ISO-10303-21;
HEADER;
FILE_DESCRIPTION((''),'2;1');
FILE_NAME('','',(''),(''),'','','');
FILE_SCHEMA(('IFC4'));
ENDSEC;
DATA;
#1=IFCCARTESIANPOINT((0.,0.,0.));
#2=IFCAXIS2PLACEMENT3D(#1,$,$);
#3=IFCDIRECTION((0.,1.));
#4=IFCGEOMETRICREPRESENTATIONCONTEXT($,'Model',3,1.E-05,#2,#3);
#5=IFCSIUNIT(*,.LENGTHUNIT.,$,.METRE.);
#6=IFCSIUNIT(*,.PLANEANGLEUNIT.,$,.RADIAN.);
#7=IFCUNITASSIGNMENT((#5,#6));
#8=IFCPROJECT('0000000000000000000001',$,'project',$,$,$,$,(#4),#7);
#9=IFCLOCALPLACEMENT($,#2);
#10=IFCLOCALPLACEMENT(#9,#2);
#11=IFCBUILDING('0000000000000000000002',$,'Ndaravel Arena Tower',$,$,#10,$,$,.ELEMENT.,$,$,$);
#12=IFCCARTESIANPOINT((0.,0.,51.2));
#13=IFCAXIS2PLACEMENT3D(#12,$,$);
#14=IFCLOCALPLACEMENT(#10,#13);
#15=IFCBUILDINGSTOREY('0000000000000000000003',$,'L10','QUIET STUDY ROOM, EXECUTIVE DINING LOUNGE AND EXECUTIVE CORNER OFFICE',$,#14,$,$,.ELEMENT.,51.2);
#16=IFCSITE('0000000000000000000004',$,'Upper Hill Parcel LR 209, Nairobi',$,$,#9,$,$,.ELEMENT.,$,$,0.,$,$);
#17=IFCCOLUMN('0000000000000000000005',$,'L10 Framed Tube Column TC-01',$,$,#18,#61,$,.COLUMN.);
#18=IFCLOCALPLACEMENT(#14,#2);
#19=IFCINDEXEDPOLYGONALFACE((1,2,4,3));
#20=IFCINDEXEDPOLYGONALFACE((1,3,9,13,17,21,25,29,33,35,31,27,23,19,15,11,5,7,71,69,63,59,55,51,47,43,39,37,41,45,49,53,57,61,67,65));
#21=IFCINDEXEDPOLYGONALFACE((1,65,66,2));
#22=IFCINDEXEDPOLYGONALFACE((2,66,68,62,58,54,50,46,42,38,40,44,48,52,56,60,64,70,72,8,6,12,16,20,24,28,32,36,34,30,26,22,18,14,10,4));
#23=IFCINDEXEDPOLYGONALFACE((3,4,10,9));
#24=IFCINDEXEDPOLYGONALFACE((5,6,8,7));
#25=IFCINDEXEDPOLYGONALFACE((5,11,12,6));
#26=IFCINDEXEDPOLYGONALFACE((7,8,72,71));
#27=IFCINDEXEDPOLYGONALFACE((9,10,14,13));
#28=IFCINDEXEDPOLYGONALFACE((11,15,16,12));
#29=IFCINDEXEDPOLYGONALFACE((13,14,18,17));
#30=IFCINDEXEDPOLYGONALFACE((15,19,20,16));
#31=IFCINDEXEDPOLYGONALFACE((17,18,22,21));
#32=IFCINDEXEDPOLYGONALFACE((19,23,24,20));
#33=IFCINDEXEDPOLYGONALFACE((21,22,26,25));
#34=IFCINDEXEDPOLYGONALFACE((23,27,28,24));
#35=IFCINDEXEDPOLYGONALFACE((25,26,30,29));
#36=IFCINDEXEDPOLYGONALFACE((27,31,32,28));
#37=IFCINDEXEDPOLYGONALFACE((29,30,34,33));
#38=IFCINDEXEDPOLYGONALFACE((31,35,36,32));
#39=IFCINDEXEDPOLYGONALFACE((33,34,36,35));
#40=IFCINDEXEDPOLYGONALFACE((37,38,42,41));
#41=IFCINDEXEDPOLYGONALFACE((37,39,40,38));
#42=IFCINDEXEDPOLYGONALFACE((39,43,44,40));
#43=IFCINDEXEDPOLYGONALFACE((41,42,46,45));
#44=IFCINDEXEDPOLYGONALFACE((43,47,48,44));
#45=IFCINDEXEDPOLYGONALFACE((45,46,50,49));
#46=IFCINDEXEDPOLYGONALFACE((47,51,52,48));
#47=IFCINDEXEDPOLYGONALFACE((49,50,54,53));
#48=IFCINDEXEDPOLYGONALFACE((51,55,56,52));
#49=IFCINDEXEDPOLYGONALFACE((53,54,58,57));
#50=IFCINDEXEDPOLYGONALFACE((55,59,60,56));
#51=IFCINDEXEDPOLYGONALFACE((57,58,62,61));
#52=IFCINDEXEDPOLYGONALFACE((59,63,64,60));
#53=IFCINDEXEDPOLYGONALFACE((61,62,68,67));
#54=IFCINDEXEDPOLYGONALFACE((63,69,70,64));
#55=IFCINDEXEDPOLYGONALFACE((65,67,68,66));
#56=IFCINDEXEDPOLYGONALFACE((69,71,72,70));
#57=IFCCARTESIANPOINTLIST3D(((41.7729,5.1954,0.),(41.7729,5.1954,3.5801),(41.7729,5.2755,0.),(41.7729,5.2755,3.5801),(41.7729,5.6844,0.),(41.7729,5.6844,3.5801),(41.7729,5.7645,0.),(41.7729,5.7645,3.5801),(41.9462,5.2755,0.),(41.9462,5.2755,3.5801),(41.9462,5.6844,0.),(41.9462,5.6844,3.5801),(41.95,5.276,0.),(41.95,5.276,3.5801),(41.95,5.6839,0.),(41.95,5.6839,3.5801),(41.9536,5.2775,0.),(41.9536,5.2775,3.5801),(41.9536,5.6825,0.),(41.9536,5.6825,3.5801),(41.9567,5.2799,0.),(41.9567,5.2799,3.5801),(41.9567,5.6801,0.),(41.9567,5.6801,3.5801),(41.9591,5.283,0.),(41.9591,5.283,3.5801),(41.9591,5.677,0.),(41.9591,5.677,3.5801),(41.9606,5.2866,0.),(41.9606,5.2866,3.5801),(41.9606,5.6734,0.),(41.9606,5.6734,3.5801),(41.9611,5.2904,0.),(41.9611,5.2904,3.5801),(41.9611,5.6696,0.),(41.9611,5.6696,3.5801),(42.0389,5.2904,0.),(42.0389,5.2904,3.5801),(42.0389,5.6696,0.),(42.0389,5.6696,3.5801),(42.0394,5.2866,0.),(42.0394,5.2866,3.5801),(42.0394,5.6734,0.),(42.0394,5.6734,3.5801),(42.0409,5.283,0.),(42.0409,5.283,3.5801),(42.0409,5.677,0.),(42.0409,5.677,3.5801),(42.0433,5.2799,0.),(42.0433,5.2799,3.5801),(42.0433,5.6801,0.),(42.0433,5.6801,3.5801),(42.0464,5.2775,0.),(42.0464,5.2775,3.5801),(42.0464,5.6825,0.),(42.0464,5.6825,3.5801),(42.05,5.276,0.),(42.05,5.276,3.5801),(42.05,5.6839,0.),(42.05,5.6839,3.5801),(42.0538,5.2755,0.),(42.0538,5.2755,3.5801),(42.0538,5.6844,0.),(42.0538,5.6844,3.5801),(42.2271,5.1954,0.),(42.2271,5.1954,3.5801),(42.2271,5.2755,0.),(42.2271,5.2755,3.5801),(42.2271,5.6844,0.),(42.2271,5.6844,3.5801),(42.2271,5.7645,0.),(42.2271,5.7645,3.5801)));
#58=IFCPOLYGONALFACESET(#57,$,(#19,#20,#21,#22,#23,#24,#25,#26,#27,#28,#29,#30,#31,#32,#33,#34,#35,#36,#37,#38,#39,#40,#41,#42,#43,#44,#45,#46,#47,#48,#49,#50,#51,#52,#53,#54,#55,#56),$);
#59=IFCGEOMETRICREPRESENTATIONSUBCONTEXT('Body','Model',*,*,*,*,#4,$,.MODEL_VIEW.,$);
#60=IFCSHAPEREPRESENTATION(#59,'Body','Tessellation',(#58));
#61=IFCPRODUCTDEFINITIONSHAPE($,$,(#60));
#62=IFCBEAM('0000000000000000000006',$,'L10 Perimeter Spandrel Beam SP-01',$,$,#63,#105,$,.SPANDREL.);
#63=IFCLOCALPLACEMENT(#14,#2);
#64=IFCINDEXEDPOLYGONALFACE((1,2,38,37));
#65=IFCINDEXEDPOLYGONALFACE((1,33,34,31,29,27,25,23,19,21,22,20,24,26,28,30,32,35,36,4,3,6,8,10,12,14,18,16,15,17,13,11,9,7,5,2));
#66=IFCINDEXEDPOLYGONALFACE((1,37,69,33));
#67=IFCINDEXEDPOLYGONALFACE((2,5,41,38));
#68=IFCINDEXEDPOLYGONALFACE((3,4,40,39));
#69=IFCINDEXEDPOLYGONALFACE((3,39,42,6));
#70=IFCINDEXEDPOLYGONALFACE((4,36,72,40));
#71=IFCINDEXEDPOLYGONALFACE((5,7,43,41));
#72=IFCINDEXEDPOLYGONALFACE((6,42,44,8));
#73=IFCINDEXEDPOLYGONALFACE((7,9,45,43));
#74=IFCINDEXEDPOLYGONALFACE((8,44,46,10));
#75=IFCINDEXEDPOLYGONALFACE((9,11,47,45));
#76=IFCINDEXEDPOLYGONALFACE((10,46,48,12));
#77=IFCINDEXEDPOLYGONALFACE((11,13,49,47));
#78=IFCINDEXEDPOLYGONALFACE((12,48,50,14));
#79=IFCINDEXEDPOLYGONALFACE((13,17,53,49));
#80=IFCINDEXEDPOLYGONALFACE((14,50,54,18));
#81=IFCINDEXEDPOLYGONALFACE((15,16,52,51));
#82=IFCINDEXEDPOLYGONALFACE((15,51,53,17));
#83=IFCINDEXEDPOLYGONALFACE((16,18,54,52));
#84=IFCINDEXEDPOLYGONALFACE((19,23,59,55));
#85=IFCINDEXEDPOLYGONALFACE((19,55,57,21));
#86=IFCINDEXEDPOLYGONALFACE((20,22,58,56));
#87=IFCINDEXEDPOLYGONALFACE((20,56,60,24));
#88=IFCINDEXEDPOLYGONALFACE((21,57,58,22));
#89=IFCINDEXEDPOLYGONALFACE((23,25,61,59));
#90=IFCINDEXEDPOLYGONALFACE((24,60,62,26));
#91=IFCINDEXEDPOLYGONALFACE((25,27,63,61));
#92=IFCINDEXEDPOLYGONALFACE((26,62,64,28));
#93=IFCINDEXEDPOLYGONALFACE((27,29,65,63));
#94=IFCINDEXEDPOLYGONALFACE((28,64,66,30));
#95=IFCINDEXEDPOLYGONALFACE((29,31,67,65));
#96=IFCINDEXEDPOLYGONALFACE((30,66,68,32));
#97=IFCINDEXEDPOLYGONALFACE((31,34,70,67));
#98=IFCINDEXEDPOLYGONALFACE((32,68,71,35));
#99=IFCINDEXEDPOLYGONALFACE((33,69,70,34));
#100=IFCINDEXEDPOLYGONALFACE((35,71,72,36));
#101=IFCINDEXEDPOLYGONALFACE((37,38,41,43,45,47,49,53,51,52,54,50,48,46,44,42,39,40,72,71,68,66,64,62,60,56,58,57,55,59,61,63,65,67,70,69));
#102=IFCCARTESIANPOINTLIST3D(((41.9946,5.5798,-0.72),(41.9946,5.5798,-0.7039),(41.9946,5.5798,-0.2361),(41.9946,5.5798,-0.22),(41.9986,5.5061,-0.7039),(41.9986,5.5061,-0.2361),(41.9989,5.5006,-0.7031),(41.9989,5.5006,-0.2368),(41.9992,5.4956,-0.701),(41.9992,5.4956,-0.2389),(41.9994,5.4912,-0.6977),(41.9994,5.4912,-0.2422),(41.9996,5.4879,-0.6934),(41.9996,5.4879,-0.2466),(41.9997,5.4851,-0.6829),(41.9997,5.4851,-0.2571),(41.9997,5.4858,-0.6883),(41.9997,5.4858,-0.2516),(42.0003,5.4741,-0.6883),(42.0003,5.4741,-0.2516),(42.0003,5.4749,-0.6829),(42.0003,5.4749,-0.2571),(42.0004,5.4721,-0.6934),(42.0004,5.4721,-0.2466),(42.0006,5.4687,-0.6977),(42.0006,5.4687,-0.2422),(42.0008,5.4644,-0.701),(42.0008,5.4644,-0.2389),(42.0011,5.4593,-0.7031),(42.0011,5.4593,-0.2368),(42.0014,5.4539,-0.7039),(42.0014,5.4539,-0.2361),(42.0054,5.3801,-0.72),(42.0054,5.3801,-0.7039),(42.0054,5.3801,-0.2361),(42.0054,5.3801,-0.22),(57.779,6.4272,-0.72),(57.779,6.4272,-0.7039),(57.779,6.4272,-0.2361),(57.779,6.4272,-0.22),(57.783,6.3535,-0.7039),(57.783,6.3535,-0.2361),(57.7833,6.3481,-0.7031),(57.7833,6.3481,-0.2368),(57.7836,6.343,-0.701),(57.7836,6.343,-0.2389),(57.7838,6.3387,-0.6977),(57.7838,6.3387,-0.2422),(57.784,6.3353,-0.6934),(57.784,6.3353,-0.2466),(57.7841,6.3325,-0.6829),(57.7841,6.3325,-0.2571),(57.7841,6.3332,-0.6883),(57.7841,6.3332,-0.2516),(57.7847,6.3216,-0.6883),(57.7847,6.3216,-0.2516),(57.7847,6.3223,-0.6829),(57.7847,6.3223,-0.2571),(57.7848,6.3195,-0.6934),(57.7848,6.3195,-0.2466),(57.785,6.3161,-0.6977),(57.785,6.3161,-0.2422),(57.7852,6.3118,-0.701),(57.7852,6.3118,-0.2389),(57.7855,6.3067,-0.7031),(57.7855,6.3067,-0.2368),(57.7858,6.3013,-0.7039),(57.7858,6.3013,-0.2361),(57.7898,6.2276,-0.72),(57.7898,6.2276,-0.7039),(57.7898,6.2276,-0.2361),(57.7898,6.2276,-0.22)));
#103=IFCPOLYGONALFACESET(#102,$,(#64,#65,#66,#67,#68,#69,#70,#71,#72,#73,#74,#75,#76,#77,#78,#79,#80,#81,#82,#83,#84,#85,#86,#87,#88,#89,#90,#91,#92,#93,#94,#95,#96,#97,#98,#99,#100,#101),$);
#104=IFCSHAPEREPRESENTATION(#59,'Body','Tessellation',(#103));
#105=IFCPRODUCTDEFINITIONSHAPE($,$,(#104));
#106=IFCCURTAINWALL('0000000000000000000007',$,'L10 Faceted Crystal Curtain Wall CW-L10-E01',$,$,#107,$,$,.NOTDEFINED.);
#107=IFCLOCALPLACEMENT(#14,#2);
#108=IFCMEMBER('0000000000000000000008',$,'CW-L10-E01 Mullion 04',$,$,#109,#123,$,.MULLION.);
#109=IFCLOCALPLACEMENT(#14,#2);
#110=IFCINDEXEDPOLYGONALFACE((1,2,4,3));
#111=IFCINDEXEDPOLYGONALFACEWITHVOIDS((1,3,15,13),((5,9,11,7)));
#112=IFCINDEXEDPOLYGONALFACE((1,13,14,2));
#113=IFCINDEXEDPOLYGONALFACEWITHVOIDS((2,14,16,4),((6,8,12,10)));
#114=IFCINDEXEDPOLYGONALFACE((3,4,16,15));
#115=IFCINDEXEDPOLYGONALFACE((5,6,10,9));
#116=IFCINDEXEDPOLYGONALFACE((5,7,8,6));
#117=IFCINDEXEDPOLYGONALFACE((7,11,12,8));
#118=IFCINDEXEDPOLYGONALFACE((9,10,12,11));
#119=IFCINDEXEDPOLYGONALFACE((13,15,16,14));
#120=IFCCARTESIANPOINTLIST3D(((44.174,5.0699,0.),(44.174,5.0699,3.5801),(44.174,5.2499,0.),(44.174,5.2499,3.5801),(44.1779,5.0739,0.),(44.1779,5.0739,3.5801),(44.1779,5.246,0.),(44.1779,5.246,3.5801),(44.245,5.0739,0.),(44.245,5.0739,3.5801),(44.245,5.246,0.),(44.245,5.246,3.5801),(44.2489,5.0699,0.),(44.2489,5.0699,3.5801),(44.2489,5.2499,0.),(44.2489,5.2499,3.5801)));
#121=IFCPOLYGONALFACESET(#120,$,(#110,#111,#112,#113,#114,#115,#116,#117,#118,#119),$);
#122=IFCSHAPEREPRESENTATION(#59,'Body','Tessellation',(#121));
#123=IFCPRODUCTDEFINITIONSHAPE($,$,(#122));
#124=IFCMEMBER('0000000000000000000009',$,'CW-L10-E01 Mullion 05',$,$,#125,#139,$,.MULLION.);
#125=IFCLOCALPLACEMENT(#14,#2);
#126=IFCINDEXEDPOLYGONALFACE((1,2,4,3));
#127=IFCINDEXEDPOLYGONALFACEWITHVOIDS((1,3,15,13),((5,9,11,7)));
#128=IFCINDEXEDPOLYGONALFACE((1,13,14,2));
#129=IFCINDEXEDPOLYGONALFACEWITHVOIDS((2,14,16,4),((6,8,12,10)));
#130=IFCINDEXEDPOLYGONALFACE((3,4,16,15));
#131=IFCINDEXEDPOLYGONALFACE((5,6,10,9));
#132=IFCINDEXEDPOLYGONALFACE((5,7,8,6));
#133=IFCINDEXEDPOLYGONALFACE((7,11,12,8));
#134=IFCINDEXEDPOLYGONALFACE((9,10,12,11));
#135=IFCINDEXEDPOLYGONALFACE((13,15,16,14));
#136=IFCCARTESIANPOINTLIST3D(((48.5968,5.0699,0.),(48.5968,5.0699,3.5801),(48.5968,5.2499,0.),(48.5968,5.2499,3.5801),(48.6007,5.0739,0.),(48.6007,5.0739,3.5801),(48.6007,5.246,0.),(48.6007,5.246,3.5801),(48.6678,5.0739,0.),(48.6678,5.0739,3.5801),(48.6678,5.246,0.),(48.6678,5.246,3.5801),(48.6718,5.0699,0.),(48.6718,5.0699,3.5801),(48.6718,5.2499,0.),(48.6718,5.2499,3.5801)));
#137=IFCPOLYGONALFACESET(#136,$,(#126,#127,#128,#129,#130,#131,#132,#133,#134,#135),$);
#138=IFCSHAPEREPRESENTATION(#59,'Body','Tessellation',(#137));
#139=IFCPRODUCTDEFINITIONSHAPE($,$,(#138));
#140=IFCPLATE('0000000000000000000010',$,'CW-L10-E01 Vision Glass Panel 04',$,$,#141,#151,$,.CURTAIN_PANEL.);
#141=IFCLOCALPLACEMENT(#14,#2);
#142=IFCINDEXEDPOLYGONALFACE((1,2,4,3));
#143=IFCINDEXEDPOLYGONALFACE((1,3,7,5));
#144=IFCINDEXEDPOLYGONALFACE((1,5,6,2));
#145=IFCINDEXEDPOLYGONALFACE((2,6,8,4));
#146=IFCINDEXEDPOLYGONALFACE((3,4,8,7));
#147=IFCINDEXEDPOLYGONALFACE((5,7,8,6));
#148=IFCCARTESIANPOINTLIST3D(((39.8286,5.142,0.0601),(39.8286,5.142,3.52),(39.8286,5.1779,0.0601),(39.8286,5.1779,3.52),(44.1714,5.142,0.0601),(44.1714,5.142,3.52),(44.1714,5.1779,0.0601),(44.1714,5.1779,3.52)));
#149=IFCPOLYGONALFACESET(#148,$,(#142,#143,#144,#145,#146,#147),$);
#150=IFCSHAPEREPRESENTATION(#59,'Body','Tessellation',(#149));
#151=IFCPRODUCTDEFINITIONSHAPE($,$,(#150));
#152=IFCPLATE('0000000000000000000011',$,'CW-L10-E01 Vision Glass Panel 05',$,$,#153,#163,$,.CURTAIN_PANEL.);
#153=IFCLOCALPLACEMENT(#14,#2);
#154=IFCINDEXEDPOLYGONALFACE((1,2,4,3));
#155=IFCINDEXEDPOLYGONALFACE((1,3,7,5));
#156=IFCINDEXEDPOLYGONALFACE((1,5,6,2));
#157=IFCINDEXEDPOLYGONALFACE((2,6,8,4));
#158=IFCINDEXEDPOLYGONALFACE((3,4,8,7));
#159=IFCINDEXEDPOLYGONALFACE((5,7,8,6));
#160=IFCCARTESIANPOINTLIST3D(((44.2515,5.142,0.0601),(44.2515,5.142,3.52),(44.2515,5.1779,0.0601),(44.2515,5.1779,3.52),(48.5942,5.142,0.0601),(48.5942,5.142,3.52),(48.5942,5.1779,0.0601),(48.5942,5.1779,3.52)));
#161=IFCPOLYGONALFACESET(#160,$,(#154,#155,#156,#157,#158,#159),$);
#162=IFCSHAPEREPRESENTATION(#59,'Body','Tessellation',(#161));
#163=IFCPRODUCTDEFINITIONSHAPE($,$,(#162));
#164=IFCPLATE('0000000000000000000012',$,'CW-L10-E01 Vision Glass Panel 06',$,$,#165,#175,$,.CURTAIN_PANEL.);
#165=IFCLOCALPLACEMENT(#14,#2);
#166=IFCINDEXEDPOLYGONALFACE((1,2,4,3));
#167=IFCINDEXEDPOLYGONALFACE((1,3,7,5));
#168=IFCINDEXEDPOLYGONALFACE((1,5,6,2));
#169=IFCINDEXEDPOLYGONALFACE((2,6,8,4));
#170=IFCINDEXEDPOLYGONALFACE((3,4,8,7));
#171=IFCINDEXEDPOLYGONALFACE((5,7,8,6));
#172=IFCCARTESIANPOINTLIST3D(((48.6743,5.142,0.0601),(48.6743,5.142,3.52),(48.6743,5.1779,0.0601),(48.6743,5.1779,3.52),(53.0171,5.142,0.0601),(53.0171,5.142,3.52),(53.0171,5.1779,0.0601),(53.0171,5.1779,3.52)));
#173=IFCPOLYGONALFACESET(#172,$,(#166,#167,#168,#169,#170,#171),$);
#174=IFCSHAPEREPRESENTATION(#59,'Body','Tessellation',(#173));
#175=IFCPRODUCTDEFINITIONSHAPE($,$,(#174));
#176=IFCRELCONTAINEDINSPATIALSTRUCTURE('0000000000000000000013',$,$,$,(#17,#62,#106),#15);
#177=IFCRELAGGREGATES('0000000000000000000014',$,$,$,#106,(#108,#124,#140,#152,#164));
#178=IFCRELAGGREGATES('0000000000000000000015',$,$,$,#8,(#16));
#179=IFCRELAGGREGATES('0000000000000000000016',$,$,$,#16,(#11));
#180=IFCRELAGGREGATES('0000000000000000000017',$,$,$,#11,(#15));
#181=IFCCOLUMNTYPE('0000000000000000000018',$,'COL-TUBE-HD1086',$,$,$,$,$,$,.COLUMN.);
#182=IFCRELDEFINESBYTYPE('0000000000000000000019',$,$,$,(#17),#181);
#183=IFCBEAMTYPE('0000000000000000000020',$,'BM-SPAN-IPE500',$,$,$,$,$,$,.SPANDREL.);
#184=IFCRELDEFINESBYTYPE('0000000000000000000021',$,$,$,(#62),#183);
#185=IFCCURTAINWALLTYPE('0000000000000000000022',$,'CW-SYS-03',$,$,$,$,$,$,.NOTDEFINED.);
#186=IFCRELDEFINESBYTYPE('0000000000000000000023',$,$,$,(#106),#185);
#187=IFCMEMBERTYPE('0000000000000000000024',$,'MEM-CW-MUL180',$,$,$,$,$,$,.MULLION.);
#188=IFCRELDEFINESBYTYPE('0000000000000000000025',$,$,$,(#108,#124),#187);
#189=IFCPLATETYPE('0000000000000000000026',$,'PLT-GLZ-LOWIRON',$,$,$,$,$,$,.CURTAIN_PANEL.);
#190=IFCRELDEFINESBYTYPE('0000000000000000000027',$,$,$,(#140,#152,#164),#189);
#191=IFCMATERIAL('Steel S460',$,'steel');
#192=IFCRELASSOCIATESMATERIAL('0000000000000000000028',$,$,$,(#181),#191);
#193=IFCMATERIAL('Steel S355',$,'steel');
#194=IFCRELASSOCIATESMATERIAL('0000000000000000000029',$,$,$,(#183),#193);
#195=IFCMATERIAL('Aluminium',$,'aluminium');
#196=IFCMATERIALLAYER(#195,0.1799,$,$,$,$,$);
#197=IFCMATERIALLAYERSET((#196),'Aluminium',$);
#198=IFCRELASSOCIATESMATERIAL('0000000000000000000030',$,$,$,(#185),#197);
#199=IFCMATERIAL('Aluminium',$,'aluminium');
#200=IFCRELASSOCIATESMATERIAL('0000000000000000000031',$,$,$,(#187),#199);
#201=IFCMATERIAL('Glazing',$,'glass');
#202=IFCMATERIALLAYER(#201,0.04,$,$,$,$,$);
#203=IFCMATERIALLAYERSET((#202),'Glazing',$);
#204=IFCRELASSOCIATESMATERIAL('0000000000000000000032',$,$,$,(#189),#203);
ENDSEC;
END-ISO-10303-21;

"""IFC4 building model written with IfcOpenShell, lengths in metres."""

from ifc_helpers import new_model, si_unit, direction, frame, origin, origin_2d, place, context, subcontext, project, spatial, rectangle, hollow_rectangle, i_section, extrude, material, layer, layer_set, material_profile, profile_set, type_object, element, aggregate, save


model = new_model("IFC4")

# Units and contexts
model_context = context("Model", 3, precision=1e-05, world=origin(), true_north=direction((0.0, 1.0)))
body_context = subcontext(model_context, "Body", "Model", "MODEL_VIEW")
ifc_project = project(units=[si_unit("LENGTHUNIT", "METRE"), si_unit("PLANEANGLEUNIT", "RADIAN")], contexts=[model_context])

# Site, building, storey
site_placement = place(None, origin())
site = spatial("IfcSite", under=ifc_project, at=site_placement, Name="Upper Hill Parcel LR 209, Nairobi", CompositionType="ELEMENT", RefElevation=0.0)
building_placement = place(site_placement, origin())
building = spatial("IfcBuilding", under=site, at=building_placement, Name="Ndaravel Arena Tower", CompositionType="ELEMENT")
storey_placement = place(building_placement, frame((0.0, 0.0, 51.2)))
storey = spatial("IfcBuildingStorey", under=building, at=storey_placement, Name="L10", Description="QUIET STUDY ROOM, EXECUTIVE DINING LOUNGE AND EXECUTIVE CORNER OFFICE", CompositionType="ELEMENT", Elevation=51.2)

# Column
ifc_material_1 = material(Name="Steel S460", Category="steel")
ifc_material_profile_1 = material_profile(ifc_material_1, i_section(OverallWidth=0.4541, OverallDepth=0.5691, WebThickness=0.0779, FlangeThickness=0.0801, FilletRadius=0.0149, at=origin_2d()), Name="HD 400x1086")
ifc_profile_set_1 = profile_set([ifc_material_profile_1], Name="Steel S460")
column_type = type_object("IfcColumnType", Name="COL-TUBE-HD1086", PredefinedType="COLUMN", material=ifc_profile_set_1)
column_placement = place(storey_placement, frame((42.0, 5.48, 0.0), z_axis=(0.0, 0.0, 1.0), x_axis=(1.0, 0.0, 0.0)))
element("IfcColumn", 1, at=column_placement, inside=storey, type_object=column_type, Name="L10 Framed Tube Column TC-01", PredefinedType="COLUMN", context=body_context, shape_type="SweptSolid", body=[
    extrude(i_section(OverallWidth=0.4541, OverallDepth=0.5691, WebThickness=0.0779, FlangeThickness=0.0801, FilletRadius=0.0149, at=origin_2d()), origin(), (0.0, 0.0, 1.0), 3.5801),
])

# Beam
ifc_material_2 = material(Name="Steel S355", Category="steel")
ifc_material_profile_2 = material_profile(ifc_material_2, i_section(OverallWidth=0.2, OverallDepth=0.5, WebThickness=0.0103, FlangeThickness=0.0161, FilletRadius=0.021, at=origin_2d()), Name="IPE 500")
ifc_profile_set_2 = profile_set([ifc_material_profile_2], Name="Steel S355")
beam_type = type_object("IfcBeamType", Name="BM-SPAN-IPE500", PredefinedType="SPANDREL", material=ifc_profile_set_2)
beam_placement = place(storey_placement, frame((42.0, 5.48, -0.47), z_axis=(0.998562, 0.053609, 0.0), x_axis=(-0.053609, 0.998562, 0.0)))
element("IfcBeam", 2, at=beam_placement, inside=storey, type_object=beam_type, Name="L10 Perimeter Spandrel Beam SP-01", PredefinedType="SPANDREL", context=body_context, shape_type="SweptSolid", body=[
    extrude(i_section(OverallWidth=0.2, OverallDepth=0.5, WebThickness=0.0103, FlangeThickness=0.0161, FilletRadius=0.021, at=origin_2d()), origin(), (0.0, 0.0, 1.0), 15.8071),
])

# Curtain wall, members, plates
ifc_material_3 = material(Name="Aluminium", Category="aluminium")
ifc_layer_1 = layer(ifc_material_3, 0.1799)
ifc_layer_set_1 = layer_set([ifc_layer_1], Name="Aluminium")
curtain_wall_type = type_object("IfcCurtainWallType", Name="CW-SYS-03", PredefinedType="NOTDEFINED", material=ifc_layer_set_1)
curtain_wall_placement = place(storey_placement, origin())
curtain_wall = element("IfcCurtainWall", 3, at=curtain_wall_placement, inside=storey, type_object=curtain_wall_type, Name="L10 Faceted Crystal Curtain Wall CW-L10-E01", PredefinedType="NOTDEFINED")
ifc_material_4 = material(Name="Aluminium", Category="aluminium")
ifc_material_profile_3 = material_profile(ifc_material_4, hollow_rectangle(XDim=0.075, YDim=0.1799, WallThickness=0.0039, at=origin_2d()), Name="CW MULLION 75x180x4")
ifc_profile_set_3 = profile_set([ifc_material_profile_3], Name="Aluminium")
member_type = type_object("IfcMemberType", Name="MEM-CW-MUL180", PredefinedType="MULLION", material=ifc_profile_set_3)
member_1_placement = place(storey_placement, frame((44.2114, 5.1599, 0.0), z_axis=(0.0, 0.0, 1.0), x_axis=(1.0, 0.0, 0.0)))
member_1 = element("IfcMember", 4, at=member_1_placement, type_object=member_type, Name="CW-L10-E01 Mullion 04", PredefinedType="MULLION", context=body_context, shape_type="SweptSolid", body=[
    extrude(hollow_rectangle(XDim=0.075, YDim=0.1799, WallThickness=0.0039, at=origin_2d()), origin(), (0.0, 0.0, 1.0), 3.5801),
])
member_2_placement = place(storey_placement, frame((48.6343, 5.1599, 0.0), z_axis=(0.0, 0.0, 1.0), x_axis=(1.0, 0.0, 0.0)))
member_2 = element("IfcMember", 5, at=member_2_placement, type_object=member_type, Name="CW-L10-E01 Mullion 05", PredefinedType="MULLION", context=body_context, shape_type="SweptSolid", body=[
    extrude(hollow_rectangle(XDim=0.075, YDim=0.1799, WallThickness=0.0039, at=origin_2d()), origin(), (0.0, 0.0, 1.0), 3.5801),
])
ifc_material_5 = material(Name="Glazing", Category="glass")
ifc_layer_2 = layer(ifc_material_5, 0.04)
ifc_layer_set_2 = layer_set([ifc_layer_2], Name="Glazing")
plate_type = type_object("IfcPlateType", Name="PLT-GLZ-LOWIRON", PredefinedType="CURTAIN_PANEL", material=ifc_layer_set_2)
plate_1_placement = place(storey_placement, frame((42.0, 5.1599, 0.0601), z_axis=(0.0, 0.0, 1.0), x_axis=(1.0, 0.0, 0.0)))
plate_1 = element("IfcPlate", 6, at=plate_1_placement, type_object=plate_type, Name="CW-L10-E01 Vision Glass Panel 04", PredefinedType="CURTAIN_PANEL", context=body_context, shape_type="SweptSolid", body=[
    extrude(rectangle(XDim=4.3428, YDim=0.0359, at=origin_2d()), origin(), (0.0, 0.0, 1.0), 3.46),
])
plate_2_placement = place(storey_placement, frame((46.4229, 5.1599, 0.0601), z_axis=(0.0, 0.0, 1.0), x_axis=(1.0, 0.0, 0.0)))
plate_2 = element("IfcPlate", 7, at=plate_2_placement, type_object=plate_type, Name="CW-L10-E01 Vision Glass Panel 05", PredefinedType="CURTAIN_PANEL", context=body_context, shape_type="SweptSolid", body=[
    extrude(rectangle(XDim=4.3428, YDim=0.0359, at=origin_2d()), origin(), (0.0, 0.0, 1.0), 3.46),
])
plate_3_placement = place(storey_placement, frame((50.8457, 5.1599, 0.0601), z_axis=(0.0, 0.0, 1.0), x_axis=(1.0, 0.0, 0.0)))
plate_3 = element("IfcPlate", 8, at=plate_3_placement, type_object=plate_type, Name="CW-L10-E01 Vision Glass Panel 06", PredefinedType="CURTAIN_PANEL", context=body_context, shape_type="SweptSolid", body=[
    extrude(rectangle(XDim=4.3428, YDim=0.0359, at=origin_2d()), origin(), (0.0, 0.0, 1.0), 3.46),
])
aggregate(curtain_wall, [member_1, member_2, plate_1, plate_2, plate_3])

save(model, "model.ifc")
